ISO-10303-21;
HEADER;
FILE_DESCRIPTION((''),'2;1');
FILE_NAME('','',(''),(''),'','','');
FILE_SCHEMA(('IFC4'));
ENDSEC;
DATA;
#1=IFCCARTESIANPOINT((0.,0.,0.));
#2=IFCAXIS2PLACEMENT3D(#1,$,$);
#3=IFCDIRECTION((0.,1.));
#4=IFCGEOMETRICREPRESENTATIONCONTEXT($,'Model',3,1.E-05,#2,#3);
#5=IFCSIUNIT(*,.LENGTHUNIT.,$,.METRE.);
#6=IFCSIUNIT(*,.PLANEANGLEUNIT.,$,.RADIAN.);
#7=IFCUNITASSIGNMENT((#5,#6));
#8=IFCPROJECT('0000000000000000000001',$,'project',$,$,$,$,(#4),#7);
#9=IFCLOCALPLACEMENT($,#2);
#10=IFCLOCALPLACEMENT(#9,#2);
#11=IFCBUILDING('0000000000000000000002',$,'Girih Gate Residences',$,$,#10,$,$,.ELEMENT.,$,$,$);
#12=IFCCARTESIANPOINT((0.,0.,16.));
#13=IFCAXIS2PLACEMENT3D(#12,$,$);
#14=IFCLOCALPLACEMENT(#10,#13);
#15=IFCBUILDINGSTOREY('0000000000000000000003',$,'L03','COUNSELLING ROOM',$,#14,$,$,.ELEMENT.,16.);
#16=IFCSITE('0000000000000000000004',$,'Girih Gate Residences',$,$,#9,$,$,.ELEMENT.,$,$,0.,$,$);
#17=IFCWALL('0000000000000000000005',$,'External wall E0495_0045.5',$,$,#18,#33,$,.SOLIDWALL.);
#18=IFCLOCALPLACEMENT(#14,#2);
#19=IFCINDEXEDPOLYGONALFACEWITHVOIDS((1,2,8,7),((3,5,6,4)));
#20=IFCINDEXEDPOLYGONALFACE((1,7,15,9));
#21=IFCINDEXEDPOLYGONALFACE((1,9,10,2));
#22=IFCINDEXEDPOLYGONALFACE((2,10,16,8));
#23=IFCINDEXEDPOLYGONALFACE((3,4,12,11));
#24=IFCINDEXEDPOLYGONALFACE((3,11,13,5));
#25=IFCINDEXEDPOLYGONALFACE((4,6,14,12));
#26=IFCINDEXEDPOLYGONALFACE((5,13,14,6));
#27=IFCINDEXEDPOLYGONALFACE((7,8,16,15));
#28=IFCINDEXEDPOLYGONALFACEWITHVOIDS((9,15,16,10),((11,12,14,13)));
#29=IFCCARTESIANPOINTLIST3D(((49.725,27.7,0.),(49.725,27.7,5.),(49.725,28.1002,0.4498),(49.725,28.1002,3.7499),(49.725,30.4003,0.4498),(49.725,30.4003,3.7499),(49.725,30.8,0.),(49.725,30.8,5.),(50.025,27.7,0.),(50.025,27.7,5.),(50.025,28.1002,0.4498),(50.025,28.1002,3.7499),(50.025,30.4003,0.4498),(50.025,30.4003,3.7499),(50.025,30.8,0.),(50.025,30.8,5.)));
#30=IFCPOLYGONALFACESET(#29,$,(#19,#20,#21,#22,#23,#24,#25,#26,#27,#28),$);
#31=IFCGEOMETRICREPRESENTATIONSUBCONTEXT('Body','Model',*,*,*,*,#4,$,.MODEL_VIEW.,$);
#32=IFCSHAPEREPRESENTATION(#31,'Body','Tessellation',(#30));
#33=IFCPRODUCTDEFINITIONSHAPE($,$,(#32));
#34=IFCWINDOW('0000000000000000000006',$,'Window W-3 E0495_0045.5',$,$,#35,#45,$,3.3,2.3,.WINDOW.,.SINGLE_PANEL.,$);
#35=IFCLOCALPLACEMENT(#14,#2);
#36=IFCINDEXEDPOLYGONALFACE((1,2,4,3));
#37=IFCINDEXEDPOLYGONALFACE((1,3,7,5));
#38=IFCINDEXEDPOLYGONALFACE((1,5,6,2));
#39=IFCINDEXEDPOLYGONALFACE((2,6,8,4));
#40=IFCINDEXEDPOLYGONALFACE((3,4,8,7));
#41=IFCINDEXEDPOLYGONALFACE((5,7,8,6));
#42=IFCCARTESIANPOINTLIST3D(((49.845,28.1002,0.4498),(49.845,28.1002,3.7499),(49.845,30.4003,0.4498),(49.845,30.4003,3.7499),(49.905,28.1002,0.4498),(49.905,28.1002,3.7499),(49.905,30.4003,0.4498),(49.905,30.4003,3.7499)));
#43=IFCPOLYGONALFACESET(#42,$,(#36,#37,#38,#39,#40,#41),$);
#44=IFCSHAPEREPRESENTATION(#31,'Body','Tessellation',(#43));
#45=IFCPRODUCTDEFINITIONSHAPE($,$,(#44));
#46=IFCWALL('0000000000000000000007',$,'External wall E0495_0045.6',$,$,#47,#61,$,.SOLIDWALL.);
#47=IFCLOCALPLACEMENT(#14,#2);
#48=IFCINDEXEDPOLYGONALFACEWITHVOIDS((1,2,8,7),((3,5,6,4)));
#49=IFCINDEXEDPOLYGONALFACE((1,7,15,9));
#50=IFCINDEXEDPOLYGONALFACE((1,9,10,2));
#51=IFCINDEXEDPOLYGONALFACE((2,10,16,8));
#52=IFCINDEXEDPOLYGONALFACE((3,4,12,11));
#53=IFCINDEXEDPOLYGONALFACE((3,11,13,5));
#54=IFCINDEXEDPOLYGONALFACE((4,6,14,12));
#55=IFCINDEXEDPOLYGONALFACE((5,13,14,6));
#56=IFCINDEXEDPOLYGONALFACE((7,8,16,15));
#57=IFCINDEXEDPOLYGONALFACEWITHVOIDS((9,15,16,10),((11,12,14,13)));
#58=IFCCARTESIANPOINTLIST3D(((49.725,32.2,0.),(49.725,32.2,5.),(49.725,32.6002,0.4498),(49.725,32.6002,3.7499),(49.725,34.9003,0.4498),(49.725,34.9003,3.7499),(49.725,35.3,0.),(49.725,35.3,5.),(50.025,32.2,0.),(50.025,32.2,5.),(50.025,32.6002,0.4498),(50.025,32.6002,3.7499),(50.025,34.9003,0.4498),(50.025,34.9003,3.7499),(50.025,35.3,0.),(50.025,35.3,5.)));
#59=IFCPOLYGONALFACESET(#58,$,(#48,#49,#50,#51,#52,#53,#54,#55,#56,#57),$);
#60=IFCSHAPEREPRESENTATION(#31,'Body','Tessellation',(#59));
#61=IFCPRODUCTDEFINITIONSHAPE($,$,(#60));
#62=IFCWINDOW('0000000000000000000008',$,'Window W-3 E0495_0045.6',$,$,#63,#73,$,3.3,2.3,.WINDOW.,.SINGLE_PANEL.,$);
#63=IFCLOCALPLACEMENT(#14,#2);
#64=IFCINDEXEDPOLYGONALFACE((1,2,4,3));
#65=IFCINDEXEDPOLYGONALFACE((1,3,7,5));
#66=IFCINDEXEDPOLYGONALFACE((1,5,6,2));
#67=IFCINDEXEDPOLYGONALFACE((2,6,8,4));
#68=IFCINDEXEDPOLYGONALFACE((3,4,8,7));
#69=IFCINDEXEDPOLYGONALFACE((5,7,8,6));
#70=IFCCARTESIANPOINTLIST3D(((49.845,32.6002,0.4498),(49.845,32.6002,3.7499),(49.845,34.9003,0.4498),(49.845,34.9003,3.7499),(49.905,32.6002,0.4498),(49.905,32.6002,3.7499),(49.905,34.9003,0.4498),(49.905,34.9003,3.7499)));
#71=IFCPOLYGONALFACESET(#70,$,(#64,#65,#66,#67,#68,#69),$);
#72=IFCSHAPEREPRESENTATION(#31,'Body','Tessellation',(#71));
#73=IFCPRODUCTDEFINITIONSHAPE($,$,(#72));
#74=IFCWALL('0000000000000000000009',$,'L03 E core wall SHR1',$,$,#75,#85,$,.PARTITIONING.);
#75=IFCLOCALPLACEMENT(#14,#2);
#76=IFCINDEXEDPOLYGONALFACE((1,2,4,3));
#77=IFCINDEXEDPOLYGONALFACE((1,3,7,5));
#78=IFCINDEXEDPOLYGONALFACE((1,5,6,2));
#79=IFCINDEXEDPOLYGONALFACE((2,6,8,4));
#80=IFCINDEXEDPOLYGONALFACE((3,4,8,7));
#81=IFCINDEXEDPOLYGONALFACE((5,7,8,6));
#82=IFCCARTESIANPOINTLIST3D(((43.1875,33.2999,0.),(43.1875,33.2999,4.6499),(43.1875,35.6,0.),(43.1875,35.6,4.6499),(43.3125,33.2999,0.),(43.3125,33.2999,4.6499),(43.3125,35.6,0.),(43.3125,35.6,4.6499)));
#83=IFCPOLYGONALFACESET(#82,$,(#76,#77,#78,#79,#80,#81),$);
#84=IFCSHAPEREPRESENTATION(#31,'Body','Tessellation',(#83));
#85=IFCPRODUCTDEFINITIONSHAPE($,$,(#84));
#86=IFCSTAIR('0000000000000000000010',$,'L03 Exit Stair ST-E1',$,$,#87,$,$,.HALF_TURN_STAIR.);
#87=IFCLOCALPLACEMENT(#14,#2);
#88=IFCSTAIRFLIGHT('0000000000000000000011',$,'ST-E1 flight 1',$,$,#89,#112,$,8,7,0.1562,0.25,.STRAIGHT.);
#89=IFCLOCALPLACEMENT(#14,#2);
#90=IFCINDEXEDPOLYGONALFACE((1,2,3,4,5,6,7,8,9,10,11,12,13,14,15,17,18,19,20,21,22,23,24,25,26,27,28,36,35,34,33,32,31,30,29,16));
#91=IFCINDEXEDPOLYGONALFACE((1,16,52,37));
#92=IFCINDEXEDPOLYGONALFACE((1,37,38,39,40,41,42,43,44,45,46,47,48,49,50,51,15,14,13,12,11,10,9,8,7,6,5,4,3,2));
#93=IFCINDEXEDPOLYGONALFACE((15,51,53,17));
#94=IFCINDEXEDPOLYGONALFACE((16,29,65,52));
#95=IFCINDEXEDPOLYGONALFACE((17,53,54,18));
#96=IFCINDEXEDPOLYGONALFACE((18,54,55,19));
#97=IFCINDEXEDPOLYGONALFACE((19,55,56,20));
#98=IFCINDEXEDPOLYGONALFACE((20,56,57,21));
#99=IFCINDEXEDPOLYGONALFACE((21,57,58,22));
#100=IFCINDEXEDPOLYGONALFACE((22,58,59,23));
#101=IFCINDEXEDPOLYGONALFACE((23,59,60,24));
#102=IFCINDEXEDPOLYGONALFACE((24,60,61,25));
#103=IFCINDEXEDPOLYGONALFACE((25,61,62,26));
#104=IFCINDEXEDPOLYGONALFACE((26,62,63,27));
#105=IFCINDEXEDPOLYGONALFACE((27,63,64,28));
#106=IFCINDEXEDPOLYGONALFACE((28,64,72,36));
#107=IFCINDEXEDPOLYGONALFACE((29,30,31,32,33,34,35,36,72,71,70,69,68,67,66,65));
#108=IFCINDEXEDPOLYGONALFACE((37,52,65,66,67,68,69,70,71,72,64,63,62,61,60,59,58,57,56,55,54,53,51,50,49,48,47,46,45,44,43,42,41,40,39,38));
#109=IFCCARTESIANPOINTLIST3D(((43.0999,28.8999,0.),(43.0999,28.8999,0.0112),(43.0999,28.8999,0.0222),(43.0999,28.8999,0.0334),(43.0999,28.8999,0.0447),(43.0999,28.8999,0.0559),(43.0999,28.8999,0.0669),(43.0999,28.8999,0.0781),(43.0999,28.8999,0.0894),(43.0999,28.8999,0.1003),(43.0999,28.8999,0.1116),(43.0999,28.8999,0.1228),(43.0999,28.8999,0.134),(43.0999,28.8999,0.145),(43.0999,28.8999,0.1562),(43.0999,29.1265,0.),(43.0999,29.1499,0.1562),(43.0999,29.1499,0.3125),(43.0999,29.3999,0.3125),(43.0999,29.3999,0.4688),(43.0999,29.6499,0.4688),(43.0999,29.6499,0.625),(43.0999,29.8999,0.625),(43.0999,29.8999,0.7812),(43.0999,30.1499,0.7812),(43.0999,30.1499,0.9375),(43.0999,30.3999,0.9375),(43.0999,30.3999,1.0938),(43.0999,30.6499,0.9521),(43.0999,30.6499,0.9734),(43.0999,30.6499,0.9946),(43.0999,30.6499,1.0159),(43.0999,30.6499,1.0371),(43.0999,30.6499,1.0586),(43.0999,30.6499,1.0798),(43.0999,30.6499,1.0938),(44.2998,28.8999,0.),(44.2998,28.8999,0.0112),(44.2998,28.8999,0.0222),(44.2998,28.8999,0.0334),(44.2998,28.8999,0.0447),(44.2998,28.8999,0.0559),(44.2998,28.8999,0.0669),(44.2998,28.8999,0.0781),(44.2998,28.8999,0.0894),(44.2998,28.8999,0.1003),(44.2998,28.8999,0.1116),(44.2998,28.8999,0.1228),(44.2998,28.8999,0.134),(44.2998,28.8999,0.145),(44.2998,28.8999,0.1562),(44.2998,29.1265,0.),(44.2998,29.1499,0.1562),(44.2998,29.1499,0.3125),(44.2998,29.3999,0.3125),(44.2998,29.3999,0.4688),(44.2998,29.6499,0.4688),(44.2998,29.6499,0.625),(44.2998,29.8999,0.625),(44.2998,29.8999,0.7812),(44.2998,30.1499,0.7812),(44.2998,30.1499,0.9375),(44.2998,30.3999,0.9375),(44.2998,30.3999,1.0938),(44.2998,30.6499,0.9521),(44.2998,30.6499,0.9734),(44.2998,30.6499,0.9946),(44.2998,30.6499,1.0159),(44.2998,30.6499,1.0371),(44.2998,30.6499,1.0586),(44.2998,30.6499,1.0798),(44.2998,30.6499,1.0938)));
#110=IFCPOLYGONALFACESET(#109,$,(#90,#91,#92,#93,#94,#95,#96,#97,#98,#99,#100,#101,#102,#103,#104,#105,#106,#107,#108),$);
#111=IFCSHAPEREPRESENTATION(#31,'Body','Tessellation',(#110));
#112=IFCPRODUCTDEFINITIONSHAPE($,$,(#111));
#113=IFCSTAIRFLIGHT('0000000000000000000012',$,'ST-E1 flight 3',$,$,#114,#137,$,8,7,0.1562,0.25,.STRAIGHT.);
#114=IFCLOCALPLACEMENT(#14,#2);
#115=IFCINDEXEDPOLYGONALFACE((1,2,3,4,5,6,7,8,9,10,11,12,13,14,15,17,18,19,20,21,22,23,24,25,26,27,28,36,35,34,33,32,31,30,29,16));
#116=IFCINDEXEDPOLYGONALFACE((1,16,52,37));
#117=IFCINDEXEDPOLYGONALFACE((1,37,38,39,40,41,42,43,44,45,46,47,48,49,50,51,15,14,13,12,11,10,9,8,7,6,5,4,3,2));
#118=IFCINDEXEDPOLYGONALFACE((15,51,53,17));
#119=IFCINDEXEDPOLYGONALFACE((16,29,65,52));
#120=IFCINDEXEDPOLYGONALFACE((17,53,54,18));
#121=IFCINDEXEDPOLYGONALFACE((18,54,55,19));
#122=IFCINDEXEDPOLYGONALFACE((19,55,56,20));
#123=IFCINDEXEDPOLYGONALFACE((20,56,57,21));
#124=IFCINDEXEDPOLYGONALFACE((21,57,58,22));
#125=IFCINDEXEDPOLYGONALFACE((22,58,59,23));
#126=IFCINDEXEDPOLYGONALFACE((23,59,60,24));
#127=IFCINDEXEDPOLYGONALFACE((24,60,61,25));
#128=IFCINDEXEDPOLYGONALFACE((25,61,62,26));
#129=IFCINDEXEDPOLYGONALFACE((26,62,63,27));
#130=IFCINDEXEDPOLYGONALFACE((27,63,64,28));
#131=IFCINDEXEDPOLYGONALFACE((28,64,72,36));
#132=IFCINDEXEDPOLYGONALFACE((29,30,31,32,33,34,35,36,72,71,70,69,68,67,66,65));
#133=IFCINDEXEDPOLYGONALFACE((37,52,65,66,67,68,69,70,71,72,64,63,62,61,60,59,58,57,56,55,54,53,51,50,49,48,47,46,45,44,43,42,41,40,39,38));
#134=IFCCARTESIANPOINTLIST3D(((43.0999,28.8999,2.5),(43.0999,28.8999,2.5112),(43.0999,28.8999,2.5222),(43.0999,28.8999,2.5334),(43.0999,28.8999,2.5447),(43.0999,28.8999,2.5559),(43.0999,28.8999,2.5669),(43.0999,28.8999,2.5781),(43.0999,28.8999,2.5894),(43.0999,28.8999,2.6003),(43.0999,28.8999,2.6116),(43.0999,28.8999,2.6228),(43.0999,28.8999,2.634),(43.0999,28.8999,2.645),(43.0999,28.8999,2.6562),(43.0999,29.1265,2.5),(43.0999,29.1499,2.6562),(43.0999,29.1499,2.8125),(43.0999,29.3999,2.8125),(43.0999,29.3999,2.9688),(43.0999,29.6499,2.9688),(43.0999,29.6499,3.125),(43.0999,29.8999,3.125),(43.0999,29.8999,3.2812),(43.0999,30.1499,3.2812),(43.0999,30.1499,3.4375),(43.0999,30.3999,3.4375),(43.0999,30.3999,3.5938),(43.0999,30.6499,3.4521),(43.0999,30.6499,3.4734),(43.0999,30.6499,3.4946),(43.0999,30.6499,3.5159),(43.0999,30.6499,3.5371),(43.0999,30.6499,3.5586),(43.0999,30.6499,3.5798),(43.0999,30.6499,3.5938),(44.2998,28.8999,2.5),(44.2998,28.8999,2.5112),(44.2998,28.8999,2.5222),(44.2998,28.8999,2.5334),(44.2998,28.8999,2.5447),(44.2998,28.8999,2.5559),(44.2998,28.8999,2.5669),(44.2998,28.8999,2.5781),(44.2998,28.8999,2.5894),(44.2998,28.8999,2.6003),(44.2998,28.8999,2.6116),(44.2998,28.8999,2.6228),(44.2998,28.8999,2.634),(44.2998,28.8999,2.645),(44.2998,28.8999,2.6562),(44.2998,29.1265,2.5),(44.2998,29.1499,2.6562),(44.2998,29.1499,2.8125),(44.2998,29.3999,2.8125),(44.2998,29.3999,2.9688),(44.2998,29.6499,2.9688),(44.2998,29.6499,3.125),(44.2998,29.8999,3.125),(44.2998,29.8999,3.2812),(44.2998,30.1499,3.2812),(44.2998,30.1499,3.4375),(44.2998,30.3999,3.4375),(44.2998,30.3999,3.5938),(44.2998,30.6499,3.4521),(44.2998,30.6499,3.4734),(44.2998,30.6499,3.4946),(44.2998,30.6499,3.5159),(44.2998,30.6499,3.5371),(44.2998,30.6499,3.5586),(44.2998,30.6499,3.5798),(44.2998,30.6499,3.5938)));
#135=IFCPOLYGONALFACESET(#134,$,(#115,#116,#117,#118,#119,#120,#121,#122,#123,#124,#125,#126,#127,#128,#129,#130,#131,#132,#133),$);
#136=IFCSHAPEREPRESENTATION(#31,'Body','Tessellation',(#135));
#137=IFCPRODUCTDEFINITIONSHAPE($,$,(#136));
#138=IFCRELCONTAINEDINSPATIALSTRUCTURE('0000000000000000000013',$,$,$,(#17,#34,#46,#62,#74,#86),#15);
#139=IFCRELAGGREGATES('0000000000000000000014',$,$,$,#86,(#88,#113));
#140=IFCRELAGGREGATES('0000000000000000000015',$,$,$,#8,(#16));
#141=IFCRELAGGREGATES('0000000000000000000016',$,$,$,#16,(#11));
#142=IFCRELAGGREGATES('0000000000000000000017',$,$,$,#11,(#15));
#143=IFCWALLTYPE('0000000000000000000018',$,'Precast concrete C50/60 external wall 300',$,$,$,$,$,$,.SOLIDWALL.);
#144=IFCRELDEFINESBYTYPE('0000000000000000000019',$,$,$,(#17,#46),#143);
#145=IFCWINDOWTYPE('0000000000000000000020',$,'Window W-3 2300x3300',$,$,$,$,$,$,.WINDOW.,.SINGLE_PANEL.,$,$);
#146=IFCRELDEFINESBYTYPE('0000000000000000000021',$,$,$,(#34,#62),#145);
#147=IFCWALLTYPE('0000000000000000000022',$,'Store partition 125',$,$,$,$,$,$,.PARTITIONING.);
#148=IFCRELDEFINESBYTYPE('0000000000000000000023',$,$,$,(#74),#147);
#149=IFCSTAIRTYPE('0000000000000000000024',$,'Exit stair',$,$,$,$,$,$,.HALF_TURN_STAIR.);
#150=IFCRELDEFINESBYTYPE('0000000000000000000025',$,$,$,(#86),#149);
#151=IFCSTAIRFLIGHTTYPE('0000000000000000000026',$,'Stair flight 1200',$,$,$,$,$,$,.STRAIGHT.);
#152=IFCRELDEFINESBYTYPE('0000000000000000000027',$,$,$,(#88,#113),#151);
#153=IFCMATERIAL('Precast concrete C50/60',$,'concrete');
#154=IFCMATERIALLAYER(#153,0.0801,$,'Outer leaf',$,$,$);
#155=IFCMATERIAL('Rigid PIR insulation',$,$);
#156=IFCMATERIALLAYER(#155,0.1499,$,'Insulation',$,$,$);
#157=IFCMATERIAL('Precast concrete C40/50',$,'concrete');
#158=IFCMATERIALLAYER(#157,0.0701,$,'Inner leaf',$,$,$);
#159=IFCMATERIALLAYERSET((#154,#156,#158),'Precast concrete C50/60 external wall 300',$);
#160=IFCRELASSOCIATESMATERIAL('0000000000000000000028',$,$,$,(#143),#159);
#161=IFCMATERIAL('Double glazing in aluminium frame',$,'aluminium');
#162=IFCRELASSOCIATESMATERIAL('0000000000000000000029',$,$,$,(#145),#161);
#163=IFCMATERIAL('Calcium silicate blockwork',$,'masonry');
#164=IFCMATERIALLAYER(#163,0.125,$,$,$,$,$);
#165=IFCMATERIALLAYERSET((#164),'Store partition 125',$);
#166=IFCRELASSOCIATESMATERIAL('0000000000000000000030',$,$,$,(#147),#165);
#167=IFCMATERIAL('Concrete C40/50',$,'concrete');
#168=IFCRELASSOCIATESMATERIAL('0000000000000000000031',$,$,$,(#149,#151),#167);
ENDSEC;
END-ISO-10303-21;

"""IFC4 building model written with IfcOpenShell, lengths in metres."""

from ifc_helpers import new_model, si_unit, direction, frame, frame_2d, origin, place, context, subcontext, project, spatial, polyline, rectangle, outline, extrude, material, layer, layer_set, type_object, element, fill, aggregate, save


model = new_model("IFC4")

# Units and contexts
model_context = context("Model", 3, precision=1e-05, world=origin(), true_north=direction((0.0, 1.0)))
body_context = subcontext(model_context, "Body", "Model", "MODEL_VIEW")
ifc_project = project(units=[si_unit("LENGTHUNIT", "METRE"), si_unit("PLANEANGLEUNIT", "RADIAN")], contexts=[model_context])

# Site, building, storey
site_placement = place(None, origin())
site = spatial("IfcSite", under=ifc_project, at=site_placement, Name="Girih Gate Residences", CompositionType="ELEMENT", RefElevation=0.0)
building_placement = place(site_placement, origin())
building = spatial("IfcBuilding", under=site, at=building_placement, Name="Girih Gate Residences", CompositionType="ELEMENT")
storey_placement = place(building_placement, frame((0.0, 0.0, 16.0)))
storey = spatial("IfcBuildingStorey", under=building, at=storey_placement, Name="L03", Description="COUNSELLING ROOM", CompositionType="ELEMENT", Elevation=16.0)

# Shared definitions
ifc_material_1 = material(Name="Concrete C40/50", Category="concrete")

# Walls, openings, windows
ifc_material_2 = material(Name="Precast concrete C50/60", Category="concrete")
ifc_layer_1 = layer(ifc_material_2, 0.0801, Name="Outer leaf")
ifc_material_3 = material(Name="Rigid PIR insulation")
ifc_layer_2 = layer(ifc_material_3, 0.1499, Name="Insulation")
ifc_material_4 = material(Name="Precast concrete C40/50", Category="concrete")
ifc_layer_3 = layer(ifc_material_4, 0.0701, Name="Inner leaf")
ifc_layer_set_1 = layer_set([ifc_layer_1, ifc_layer_2, ifc_layer_3], Name="Precast concrete C50/60 external wall 300")
wall_type_1 = type_object("IfcWallType", Name="Precast concrete C50/60 external wall 300", PredefinedType="SOLIDWALL", material=ifc_layer_set_1)
wall_1_placement = place(storey_placement, frame((49.875, 30.8, 0.0), z_axis=(0.0, 0.0, 1.0), x_axis=(0.0, -1.0, 0.0)))
wall_1 = element("IfcWall", 1, at=wall_1_placement, inside=storey, type_object=wall_type_1, Name="External wall E0495_0045.5", PredefinedType="SOLIDWALL", context=body_context, shape_type="SweptSolid", body=[
    extrude(rectangle(XDim=3.1001, YDim=0.3, at=frame_2d((1.55, 0.0))), origin(), (0.0, 0.0, 1.0), 5.0),
])
opening_1_placement = place(wall_1_placement, frame((0.3999, 0.0, 0.45)))
opening_1 = element("IfcOpeningElement", 2, at=opening_1_placement, cuts=wall_1, PredefinedType="OPENING", context=body_context, shape_type="SweptSolid", body=[
    extrude(rectangle(XDim=2.3, YDim=3.3, at=frame_2d((1.1499, 1.6499))), frame((0.0, 0.1599, 0.0), z_axis=(0.0, -1.0, 0.0), x_axis=(1.0, 0.0, 0.0)), (0.0, 0.0, 1.0), 0.3201),
])
ifc_material_5 = material(Name="Double glazing in aluminium frame", Category="aluminium")
window_type = type_object("IfcWindowType", Name="Window W-3 2300x3300", PartitioningType="SINGLE_PANEL", PredefinedType="WINDOW", material=ifc_material_5)
window_1_placement = place(opening_1_placement, origin())
window_1 = element("IfcWindow", 3, at=window_1_placement, inside=storey, type_object=window_type, Name="Window W-3 E0495_0045.5", OverallHeight=3.3, OverallWidth=2.3, PartitioningType="SINGLE_PANEL", PredefinedType="WINDOW", context=body_context, shape_type="SweptSolid", body=[
    extrude(rectangle(XDim=2.3, YDim=3.3, at=frame_2d((1.1499, 1.6499))), frame((0.0, 0.03, 0.0), z_axis=(0.0, -1.0, 0.0), x_axis=(1.0, 0.0, 0.0)), (0.0, 0.0, 1.0), 0.0601),
])
fill(opening_1, window_1)
wall_2_placement = place(storey_placement, frame((49.875, 35.3, 0.0), z_axis=(0.0, 0.0, 1.0), x_axis=(0.0, -1.0, 0.0)))
wall_2 = element("IfcWall", 4, at=wall_2_placement, inside=storey, type_object=wall_type_1, Name="External wall E0495_0045.6", PredefinedType="SOLIDWALL", context=body_context, shape_type="SweptSolid", body=[
    extrude(rectangle(XDim=3.1001, YDim=0.3, at=frame_2d((1.55, 0.0))), origin(), (0.0, 0.0, 1.0), 5.0),
])
opening_2_placement = place(wall_2_placement, frame((0.3999, 0.0, 0.45)))
opening_2 = element("IfcOpeningElement", 5, at=opening_2_placement, cuts=wall_2, PredefinedType="OPENING", context=body_context, shape_type="SweptSolid", body=[
    extrude(rectangle(XDim=2.3, YDim=3.3, at=frame_2d((1.1499, 1.6499))), frame((0.0, 0.1599, 0.0), z_axis=(0.0, -1.0, 0.0), x_axis=(1.0, 0.0, 0.0)), (0.0, 0.0, 1.0), 0.3201),
])
window_2_placement = place(opening_2_placement, origin())
window_2 = element("IfcWindow", 6, at=window_2_placement, inside=storey, type_object=window_type, Name="Window W-3 E0495_0045.6", OverallHeight=3.3, OverallWidth=2.3, PartitioningType="SINGLE_PANEL", PredefinedType="WINDOW", context=body_context, shape_type="SweptSolid", body=[
    extrude(rectangle(XDim=2.3, YDim=3.3, at=frame_2d((1.1499, 1.6499))), frame((0.0, 0.03, 0.0), z_axis=(0.0, -1.0, 0.0), x_axis=(1.0, 0.0, 0.0)), (0.0, 0.0, 1.0), 0.0601),
])
fill(opening_2, window_2)

# Wall
ifc_material_6 = material(Name="Calcium silicate blockwork", Category="masonry")
ifc_layer_4 = layer(ifc_material_6, 0.125)
ifc_layer_set_2 = layer_set([ifc_layer_4], Name="Store partition 125")
wall_type_2 = type_object("IfcWallType", Name="Store partition 125", PredefinedType="PARTITIONING", material=ifc_layer_set_2)
wall_3_placement = place(storey_placement, frame((43.25, 33.3, 0.0), z_axis=(0.0, 0.0, 1.0), x_axis=(0.0, 1.0, 0.0)))
element("IfcWall", 7, at=wall_3_placement, inside=storey, type_object=wall_type_2, Name="L03 E core wall SHR1", PredefinedType="PARTITIONING", context=body_context, shape_type="SweptSolid", body=[
    extrude(rectangle(XDim=2.3, YDim=0.125, at=frame_2d((1.1499, 0.0))), origin(), (0.0, 0.0, 1.0), 4.6499),
])

# Stair, stair flights
stair_type = type_object("IfcStairType", Name="Exit stair", PredefinedType="HALF_TURN_STAIR", material=ifc_material_1)
stair_placement = place(storey_placement, origin())
stair = element("IfcStair", 8, at=stair_placement, inside=storey, type_object=stair_type, Name="L03 Exit Stair ST-E1", PredefinedType="HALF_TURN_STAIR")
stair_flight_type = type_object("IfcStairFlightType", Name="Stair flight 1200", PredefinedType="STRAIGHT", material=ifc_material_1)
stair_flight_1_placement = place(storey_placement, frame((43.7, 28.8999, 0.0), z_axis=(0.0, 0.0, 1.0), x_axis=(0.0, 1.0, 0.0)))
stair_flight_1 = element("IfcStairFlight", 9, at=stair_flight_1_placement, type_object=stair_flight_type, Name="ST-E1 flight 1", NumberOfRisers=8, NumberOfTreads=7, PredefinedType="STRAIGHT", RiserHeight=0.1562, TreadLength=0.25, context=body_context, shape_type="SweptSolid", body=[
    extrude(outline(polyline([(0.0, 0.0), (0.0, 0.0112), (0.0, 0.0222), (0.0, 0.0334), (0.0, 0.0447), (0.0, 0.0559), (0.0, 0.0669), (0.0, 0.0781), (0.0, 0.0894), (0.0, 0.1003), (0.0, 0.1116), (0.0, 0.1228), (0.0, 0.134), (0.0, 0.145), (0.0, 0.1562), (0.25, 0.1562), (0.25, 0.3125), (0.5, 0.3125), (0.5, 0.4688), (0.75, 0.4688), (0.75, 0.625), (1.0, 0.625), (1.0, 0.7812), (1.25, 0.7812), (1.25, 0.9375), (1.5, 0.9375), (1.5, 1.0938), (1.75, 1.0938), (1.75, 1.105), (1.75, 1.116), (1.75, 1.1272), (1.75, 1.1384), (1.75, 1.1497), (1.75, 1.1606), (1.75, 1.1719), (1.75, 1.1831), (1.75, 1.1941), (1.75, 1.2053), (1.75, 1.2166), (1.75, 1.2278), (1.75, 1.2388), (1.75, 1.25), (1.75, 1.2288), (1.75, 1.2075), (1.75, 1.1863), (1.75, 1.1648), (1.75, 1.1436), (1.75, 1.1223), (1.75, 1.1011), (1.75, 1.0798), (1.75, 1.0586), (1.75, 1.0371), (1.75, 1.0159), (1.75, 0.9946), (1.75, 0.9734), (1.75, 0.9521), (0.2266, 0.0), (0.0, 0.0)])), frame((0.0, 0.6001, 0.0), z_axis=(0.0, -1.0, 0.0), x_axis=(1.0, 0.0, 0.0)), (0.0, 0.0, 1.0), 1.2),
])
stair_flight_2_placement = place(storey_placement, frame((43.7, 28.8999, 2.5), z_axis=(0.0, 0.0, 1.0), x_axis=(0.0, 1.0, 0.0)))
stair_flight_2 = element("IfcStairFlight", 10, at=stair_flight_2_placement, type_object=stair_flight_type, Name="ST-E1 flight 3", NumberOfRisers=8, NumberOfTreads=7, PredefinedType="STRAIGHT", RiserHeight=0.1562, TreadLength=0.25, context=body_context, shape_type="SweptSolid", body=[
    extrude(outline(polyline([(0.0, 0.0), (0.0, 0.0112), (0.0, 0.0222), (0.0, 0.0334), (0.0, 0.0447), (0.0, 0.0559), (0.0, 0.0669), (0.0, 0.0781), (0.0, 0.0894), (0.0, 0.1003), (0.0, 0.1116), (0.0, 0.1228), (0.0, 0.134), (0.0, 0.145), (0.0, 0.1562), (0.25, 0.1562), (0.25, 0.3125), (0.5, 0.3125), (0.5, 0.4688), (0.75, 0.4688), (0.75, 0.625), (1.0, 0.625), (1.0, 0.7812), (1.25, 0.7812), (1.25, 0.9375), (1.5, 0.9375), (1.5, 1.0938), (1.75, 1.0938), (1.75, 1.105), (1.75, 1.116), (1.75, 1.1272), (1.75, 1.1384), (1.75, 1.1497), (1.75, 1.1606), (1.75, 1.1719), (1.75, 1.1831), (1.75, 1.1941), (1.75, 1.2053), (1.75, 1.2166), (1.75, 1.2278), (1.75, 1.2388), (1.75, 1.25), (1.75, 1.2288), (1.75, 1.2075), (1.75, 1.1863), (1.75, 1.1648), (1.75, 1.1436), (1.75, 1.1223), (1.75, 1.1011), (1.75, 1.0798), (1.75, 1.0586), (1.75, 1.0371), (1.75, 1.0159), (1.75, 0.9946), (1.75, 0.9734), (1.75, 0.9521), (0.2266, 0.0), (0.0, 0.0)])), frame((0.0, 0.6001, 0.0), z_axis=(0.0, -1.0, 0.0), x_axis=(1.0, 0.0, 0.0)), (0.0, 0.0, 1.0), 1.2),
])
aggregate(stair, [stair_flight_1, stair_flight_2])

save(model, "model.ifc")
